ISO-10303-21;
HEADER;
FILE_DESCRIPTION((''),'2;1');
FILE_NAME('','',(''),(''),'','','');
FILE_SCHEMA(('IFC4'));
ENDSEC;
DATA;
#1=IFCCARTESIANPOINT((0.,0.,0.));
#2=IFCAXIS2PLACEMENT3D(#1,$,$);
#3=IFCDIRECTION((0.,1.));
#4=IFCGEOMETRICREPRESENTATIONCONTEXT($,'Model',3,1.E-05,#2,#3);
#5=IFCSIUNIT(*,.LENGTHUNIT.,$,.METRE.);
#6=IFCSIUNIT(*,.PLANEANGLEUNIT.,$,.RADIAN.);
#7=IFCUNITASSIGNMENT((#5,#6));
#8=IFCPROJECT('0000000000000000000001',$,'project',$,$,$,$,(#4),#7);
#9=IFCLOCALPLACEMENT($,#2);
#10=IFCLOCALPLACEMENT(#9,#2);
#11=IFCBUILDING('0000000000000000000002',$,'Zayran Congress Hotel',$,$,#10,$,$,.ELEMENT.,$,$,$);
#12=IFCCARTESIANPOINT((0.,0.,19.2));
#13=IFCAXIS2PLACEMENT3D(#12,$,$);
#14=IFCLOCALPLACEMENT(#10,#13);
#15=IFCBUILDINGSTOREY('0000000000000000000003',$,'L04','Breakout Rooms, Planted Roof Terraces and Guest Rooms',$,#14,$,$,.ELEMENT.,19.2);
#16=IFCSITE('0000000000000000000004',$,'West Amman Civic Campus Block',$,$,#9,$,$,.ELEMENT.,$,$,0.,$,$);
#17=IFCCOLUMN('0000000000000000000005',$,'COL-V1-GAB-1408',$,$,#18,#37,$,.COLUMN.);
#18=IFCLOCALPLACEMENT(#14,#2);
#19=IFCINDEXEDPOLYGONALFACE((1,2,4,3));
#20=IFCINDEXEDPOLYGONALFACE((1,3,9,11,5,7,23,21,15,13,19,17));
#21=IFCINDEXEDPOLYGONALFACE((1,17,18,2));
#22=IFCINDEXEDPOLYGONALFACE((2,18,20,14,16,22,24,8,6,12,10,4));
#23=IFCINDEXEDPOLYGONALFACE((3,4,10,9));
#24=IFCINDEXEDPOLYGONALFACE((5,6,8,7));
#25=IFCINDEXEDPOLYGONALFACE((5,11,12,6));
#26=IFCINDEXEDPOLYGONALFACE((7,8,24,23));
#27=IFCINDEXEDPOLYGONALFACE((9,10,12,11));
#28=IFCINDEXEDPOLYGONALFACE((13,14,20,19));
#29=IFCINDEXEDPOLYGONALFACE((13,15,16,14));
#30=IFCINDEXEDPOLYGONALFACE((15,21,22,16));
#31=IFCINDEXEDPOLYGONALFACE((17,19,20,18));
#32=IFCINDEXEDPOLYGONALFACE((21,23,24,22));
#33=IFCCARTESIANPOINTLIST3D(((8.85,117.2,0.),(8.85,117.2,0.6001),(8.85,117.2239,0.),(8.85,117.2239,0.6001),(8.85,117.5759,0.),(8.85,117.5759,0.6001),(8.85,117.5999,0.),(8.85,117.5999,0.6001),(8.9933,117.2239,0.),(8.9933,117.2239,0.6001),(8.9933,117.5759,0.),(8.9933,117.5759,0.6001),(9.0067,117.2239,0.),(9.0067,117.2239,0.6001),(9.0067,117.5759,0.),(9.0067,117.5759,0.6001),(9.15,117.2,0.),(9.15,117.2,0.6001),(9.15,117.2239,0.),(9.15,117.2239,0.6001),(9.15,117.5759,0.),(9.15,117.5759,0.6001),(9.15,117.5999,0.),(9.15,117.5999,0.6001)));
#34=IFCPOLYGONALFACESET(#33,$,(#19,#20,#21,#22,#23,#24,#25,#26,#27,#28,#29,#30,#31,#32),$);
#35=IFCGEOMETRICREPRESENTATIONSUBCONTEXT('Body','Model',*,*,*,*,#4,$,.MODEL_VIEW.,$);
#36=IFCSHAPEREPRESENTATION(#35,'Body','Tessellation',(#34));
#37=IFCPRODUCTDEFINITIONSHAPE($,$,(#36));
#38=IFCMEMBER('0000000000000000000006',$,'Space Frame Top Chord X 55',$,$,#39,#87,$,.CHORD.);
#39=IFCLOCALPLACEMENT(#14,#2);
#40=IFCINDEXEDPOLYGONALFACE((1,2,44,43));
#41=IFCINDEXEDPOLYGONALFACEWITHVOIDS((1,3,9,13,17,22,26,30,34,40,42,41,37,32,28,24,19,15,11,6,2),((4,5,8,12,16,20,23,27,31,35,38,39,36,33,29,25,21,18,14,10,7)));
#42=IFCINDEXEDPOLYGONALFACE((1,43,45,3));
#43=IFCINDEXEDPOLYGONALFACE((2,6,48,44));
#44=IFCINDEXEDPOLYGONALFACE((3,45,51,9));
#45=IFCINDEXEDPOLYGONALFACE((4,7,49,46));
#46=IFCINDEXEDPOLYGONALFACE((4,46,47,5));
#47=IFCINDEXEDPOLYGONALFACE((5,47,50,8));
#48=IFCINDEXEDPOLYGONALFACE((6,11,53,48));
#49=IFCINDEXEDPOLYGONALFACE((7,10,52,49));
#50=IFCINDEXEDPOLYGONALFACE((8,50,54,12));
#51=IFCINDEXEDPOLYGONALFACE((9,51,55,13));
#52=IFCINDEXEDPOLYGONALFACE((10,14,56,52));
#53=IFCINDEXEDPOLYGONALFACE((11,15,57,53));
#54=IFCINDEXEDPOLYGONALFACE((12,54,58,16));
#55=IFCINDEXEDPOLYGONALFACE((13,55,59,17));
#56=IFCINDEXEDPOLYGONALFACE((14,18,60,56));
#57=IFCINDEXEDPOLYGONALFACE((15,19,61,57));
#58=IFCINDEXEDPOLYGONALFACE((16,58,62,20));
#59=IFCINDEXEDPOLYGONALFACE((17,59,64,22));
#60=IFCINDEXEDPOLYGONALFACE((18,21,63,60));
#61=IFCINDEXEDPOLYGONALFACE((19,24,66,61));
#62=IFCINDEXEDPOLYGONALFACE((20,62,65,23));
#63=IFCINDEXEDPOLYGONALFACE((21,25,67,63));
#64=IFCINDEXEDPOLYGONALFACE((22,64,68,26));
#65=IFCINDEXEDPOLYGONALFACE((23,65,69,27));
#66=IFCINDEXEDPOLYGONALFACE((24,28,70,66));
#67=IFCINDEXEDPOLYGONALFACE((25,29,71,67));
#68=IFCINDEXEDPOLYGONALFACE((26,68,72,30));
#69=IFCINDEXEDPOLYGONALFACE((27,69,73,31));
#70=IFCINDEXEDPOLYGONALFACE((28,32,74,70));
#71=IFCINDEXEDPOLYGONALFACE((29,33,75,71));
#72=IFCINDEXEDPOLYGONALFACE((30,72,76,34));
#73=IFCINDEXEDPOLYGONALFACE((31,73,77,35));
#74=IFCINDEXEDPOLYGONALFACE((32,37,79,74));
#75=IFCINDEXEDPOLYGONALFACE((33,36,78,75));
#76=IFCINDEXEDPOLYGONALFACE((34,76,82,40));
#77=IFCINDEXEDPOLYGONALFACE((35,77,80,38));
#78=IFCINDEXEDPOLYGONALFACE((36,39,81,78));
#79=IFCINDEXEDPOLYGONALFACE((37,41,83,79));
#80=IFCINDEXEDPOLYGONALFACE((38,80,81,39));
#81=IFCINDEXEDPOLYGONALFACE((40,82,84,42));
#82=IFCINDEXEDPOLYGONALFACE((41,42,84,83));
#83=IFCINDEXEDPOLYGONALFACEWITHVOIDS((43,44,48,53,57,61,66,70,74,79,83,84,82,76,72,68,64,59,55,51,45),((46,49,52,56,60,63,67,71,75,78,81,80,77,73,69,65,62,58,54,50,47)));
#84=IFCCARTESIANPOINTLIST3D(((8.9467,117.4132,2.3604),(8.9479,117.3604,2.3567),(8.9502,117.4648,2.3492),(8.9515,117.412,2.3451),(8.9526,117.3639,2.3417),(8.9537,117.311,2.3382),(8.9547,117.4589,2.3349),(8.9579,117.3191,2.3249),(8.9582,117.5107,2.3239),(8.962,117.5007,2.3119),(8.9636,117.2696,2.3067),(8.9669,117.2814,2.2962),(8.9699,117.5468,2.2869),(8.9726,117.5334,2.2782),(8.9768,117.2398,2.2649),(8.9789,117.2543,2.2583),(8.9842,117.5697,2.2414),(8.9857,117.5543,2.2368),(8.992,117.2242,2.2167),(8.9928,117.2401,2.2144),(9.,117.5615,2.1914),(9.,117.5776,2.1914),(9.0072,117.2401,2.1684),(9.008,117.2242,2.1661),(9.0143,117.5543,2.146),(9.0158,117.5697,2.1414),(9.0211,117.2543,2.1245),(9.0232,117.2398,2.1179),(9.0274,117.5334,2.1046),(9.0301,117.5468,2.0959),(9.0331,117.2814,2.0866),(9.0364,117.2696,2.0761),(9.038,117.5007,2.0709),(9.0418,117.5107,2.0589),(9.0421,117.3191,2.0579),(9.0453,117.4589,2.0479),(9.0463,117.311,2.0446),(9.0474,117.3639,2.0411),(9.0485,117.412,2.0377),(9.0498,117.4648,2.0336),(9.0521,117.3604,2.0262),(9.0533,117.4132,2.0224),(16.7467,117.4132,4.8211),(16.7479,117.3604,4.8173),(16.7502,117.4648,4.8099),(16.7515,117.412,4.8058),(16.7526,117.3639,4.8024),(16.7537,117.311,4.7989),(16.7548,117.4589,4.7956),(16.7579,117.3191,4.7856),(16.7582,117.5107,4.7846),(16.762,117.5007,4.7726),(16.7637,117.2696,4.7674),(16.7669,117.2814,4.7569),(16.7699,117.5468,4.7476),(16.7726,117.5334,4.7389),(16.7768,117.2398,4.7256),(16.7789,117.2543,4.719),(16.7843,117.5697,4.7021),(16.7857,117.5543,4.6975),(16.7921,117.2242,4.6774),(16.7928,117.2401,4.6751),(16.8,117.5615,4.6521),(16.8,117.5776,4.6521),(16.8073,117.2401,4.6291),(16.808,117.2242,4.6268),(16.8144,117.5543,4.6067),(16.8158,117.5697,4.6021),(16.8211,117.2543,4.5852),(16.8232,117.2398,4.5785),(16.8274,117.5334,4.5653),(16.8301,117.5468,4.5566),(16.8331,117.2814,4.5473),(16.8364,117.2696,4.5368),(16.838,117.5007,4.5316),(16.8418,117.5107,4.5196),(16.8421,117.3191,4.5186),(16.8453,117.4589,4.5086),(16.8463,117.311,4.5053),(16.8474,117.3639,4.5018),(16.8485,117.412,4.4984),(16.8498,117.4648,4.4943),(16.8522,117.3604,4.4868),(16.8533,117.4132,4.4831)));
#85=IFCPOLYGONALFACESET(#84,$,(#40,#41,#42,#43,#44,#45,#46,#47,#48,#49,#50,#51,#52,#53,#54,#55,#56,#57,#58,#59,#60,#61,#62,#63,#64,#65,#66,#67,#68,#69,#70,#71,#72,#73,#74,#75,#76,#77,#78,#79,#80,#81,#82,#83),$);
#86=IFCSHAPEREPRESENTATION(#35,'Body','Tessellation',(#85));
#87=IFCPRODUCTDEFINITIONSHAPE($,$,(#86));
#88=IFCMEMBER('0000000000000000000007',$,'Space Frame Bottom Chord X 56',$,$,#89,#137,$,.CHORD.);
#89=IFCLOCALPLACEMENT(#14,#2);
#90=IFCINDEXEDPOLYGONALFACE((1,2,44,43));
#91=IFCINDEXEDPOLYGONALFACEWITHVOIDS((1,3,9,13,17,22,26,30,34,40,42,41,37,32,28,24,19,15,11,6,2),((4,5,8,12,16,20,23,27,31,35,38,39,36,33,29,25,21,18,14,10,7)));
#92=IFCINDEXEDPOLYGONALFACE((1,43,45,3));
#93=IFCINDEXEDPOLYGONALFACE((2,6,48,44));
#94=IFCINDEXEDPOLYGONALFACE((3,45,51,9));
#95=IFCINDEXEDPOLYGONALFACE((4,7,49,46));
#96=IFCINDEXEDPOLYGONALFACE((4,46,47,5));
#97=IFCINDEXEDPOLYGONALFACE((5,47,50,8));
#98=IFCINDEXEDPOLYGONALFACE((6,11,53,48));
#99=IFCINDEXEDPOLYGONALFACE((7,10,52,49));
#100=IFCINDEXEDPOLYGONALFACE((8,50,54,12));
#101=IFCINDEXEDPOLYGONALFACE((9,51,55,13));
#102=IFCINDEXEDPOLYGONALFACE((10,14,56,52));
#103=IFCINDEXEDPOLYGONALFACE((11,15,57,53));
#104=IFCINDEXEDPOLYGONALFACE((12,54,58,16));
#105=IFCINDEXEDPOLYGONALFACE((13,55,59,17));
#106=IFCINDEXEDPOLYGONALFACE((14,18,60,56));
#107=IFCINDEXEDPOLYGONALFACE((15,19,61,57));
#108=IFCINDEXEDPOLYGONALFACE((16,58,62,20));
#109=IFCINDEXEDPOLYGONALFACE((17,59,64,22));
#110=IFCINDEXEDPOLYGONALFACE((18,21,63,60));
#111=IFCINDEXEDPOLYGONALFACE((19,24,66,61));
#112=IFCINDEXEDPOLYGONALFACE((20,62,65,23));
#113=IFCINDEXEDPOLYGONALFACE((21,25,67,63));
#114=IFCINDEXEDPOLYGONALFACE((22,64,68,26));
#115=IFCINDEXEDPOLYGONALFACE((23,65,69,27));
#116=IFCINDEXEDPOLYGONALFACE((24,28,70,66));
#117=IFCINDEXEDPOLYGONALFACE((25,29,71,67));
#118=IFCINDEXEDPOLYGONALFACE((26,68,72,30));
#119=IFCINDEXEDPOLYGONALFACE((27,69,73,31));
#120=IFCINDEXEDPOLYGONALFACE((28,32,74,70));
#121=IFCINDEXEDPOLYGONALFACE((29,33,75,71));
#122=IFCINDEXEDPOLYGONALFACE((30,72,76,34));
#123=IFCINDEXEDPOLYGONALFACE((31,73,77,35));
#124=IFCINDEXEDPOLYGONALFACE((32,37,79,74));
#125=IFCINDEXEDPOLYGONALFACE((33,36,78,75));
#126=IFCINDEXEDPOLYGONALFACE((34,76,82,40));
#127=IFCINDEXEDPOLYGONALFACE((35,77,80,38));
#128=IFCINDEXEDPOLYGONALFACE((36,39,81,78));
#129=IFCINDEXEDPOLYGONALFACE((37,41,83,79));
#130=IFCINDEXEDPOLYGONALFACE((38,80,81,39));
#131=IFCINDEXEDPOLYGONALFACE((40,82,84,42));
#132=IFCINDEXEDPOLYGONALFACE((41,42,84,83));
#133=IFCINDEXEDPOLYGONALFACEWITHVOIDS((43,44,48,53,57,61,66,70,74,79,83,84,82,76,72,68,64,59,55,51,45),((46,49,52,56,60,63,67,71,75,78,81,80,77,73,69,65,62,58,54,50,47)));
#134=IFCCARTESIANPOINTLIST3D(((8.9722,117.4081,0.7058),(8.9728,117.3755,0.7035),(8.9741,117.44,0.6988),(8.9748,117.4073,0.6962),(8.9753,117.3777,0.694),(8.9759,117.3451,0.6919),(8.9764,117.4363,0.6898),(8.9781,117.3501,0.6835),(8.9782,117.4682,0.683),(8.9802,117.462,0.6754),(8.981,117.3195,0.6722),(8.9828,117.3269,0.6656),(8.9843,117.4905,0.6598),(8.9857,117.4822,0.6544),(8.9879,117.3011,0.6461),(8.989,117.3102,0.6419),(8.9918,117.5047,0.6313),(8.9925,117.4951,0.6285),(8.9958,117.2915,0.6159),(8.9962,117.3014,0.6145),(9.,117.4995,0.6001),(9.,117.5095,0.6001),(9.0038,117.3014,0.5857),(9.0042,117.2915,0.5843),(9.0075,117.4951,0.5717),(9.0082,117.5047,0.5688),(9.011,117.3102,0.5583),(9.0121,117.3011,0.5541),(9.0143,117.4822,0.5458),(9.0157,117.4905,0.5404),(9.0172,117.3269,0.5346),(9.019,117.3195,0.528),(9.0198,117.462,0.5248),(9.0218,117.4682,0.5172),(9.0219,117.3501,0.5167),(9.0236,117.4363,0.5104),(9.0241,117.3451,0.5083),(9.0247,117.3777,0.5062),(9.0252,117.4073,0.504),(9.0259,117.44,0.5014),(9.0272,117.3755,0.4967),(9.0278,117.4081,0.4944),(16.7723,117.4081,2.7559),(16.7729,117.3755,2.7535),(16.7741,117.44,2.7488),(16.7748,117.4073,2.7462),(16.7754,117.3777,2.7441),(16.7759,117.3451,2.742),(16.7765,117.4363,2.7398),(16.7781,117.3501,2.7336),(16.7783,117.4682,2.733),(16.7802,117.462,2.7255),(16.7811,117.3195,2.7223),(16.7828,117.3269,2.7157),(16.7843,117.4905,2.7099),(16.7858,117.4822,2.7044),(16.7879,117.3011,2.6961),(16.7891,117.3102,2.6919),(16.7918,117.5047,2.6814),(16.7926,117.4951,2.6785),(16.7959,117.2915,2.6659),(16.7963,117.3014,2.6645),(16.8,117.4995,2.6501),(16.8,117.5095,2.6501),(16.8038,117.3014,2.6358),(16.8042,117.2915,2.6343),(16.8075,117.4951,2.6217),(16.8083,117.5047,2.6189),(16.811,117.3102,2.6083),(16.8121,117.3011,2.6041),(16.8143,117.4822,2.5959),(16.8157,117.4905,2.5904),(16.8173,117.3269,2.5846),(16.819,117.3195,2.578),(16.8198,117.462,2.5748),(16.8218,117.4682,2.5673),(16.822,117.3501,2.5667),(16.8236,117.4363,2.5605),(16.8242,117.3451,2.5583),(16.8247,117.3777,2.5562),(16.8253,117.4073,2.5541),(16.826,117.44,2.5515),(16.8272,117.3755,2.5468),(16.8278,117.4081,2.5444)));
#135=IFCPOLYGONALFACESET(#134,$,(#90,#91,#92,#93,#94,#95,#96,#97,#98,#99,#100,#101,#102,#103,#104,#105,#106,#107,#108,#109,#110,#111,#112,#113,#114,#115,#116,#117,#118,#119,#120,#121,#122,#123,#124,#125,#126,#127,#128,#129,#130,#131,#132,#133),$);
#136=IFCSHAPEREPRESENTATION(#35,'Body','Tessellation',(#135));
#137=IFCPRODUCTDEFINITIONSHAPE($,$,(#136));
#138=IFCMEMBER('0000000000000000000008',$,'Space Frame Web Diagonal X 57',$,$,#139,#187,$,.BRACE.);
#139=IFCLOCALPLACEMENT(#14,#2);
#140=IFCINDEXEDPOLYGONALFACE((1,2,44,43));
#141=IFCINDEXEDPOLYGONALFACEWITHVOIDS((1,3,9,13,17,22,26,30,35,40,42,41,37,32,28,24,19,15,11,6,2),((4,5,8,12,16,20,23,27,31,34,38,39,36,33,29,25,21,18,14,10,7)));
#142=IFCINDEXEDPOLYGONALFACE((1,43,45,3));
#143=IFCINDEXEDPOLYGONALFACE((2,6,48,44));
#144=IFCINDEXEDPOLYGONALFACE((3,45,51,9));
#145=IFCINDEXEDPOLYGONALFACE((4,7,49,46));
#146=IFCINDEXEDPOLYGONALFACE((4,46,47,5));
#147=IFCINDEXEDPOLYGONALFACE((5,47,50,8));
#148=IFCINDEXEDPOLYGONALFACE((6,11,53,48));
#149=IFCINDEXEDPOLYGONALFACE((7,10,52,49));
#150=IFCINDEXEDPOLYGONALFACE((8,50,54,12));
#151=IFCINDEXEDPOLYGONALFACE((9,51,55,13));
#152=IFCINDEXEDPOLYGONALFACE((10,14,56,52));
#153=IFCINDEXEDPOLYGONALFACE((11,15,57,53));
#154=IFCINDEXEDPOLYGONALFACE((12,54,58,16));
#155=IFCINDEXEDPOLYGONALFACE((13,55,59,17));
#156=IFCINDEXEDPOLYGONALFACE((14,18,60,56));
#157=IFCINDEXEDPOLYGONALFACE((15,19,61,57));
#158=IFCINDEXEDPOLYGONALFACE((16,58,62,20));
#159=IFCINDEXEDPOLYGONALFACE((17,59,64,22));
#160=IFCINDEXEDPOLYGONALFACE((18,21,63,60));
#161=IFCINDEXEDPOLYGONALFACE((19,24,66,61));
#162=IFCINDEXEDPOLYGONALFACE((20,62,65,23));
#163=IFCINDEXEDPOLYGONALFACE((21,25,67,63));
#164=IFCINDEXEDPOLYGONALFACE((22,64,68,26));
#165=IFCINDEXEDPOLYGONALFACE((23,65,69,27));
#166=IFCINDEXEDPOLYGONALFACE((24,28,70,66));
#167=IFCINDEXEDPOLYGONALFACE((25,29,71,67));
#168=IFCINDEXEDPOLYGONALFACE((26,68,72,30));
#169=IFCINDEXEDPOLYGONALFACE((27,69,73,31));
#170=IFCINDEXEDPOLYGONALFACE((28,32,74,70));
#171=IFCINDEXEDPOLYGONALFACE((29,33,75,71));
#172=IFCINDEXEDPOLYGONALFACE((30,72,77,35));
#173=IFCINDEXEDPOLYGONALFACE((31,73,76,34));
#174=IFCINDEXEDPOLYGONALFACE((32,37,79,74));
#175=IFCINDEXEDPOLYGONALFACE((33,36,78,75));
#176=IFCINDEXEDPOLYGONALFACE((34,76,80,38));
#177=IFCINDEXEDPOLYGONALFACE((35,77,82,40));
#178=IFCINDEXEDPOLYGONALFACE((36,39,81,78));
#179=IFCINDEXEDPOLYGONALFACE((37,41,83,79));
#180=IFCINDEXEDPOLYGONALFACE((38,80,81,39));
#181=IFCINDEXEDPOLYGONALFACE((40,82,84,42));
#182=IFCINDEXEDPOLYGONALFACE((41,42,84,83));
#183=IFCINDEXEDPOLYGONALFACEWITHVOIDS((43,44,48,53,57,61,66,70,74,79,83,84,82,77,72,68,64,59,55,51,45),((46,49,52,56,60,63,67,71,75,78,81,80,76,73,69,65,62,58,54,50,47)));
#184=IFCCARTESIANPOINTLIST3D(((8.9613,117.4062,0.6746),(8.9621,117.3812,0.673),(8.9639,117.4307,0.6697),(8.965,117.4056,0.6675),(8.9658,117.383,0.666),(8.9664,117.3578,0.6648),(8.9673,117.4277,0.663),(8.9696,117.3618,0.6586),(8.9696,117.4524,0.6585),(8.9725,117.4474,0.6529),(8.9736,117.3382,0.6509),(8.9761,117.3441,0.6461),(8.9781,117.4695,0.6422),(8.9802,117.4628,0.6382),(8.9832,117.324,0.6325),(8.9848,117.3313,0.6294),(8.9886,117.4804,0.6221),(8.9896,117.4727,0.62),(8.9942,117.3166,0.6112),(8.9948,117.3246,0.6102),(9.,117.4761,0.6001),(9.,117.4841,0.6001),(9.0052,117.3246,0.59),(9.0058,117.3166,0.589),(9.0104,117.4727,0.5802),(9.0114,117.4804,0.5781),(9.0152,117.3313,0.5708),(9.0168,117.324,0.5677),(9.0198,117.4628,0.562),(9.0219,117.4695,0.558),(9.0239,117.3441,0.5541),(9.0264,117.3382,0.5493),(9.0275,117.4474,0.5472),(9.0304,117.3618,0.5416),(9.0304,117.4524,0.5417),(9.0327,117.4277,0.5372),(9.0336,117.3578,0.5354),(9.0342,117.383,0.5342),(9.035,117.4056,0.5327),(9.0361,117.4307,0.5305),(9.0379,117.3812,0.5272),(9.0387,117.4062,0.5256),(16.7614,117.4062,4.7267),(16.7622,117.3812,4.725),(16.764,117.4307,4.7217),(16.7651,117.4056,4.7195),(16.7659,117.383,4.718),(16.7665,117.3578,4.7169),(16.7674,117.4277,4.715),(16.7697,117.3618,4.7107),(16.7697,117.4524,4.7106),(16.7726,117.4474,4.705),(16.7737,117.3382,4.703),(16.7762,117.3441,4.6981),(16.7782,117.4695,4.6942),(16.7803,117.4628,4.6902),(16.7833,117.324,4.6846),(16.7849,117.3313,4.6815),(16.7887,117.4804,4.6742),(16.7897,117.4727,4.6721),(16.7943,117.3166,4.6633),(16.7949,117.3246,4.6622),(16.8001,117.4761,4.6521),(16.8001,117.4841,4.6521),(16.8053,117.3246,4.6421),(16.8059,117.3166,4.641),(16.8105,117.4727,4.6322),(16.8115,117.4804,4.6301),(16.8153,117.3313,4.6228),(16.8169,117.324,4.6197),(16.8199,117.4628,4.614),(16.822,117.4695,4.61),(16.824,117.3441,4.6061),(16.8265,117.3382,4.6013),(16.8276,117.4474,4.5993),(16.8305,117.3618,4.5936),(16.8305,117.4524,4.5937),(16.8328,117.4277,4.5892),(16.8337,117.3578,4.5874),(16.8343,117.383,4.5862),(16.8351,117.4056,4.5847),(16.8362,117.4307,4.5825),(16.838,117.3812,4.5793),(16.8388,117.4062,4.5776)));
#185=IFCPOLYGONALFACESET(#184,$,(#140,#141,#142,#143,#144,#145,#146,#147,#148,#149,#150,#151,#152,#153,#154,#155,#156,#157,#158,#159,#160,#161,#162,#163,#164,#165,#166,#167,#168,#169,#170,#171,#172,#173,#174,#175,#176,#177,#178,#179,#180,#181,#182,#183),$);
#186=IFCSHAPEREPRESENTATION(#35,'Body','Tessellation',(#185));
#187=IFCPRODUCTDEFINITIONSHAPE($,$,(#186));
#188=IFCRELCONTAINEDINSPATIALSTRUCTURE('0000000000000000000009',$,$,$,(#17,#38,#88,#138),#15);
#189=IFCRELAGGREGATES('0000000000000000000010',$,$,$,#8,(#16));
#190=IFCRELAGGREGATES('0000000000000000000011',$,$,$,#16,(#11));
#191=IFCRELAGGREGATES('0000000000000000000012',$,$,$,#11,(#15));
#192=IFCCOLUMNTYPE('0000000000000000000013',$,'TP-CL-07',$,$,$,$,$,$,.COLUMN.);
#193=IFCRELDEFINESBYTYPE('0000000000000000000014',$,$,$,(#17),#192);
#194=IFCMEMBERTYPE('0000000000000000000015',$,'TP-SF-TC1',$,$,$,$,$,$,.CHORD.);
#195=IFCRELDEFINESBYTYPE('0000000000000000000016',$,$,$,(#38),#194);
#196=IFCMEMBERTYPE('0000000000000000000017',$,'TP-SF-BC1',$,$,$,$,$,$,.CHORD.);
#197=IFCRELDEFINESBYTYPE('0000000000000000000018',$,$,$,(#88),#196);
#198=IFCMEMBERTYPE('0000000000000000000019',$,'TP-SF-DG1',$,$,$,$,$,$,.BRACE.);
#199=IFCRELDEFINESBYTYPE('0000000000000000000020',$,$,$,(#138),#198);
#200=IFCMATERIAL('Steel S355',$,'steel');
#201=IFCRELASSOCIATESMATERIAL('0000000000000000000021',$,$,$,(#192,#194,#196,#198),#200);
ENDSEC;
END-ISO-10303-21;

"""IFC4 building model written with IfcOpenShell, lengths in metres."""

from ifc_helpers import new_model, si_unit, direction, frame, origin, origin_2d, place, context, subcontext, project, spatial, hollow_circle, i_section, extrude, material, material_profile, profile_set, type_object, element, save


model = new_model("IFC4")

# Units and contexts
model_context = context("Model", 3, precision=1e-05, world=origin(), true_north=direction((0.0, 1.0)))
body_context = subcontext(model_context, "Body", "Model", "MODEL_VIEW")
ifc_project = project(units=[si_unit("LENGTHUNIT", "METRE"), si_unit("PLANEANGLEUNIT", "RADIAN")], contexts=[model_context])

# Site, building, storey
site_placement = place(None, origin())
site = spatial("IfcSite", under=ifc_project, at=site_placement, Name="West Amman Civic Campus Block", CompositionType="ELEMENT", RefElevation=0.0)
building_placement = place(site_placement, origin())
building = spatial("IfcBuilding", under=site, at=building_placement, Name="Zayran Congress Hotel", CompositionType="ELEMENT")
storey_placement = place(building_placement, frame((0.0, 0.0, 19.2)))
storey = spatial("IfcBuildingStorey", under=building, at=storey_placement, Name="L04", Description="Breakout Rooms, Planted Roof Terraces and Guest Rooms", CompositionType="ELEMENT", Elevation=19.2)

# Column
ifc_material_1 = material(Name="Steel S355", Category="steel")
ifc_material_profile_1 = material_profile(ifc_material_1, i_section(OverallWidth=0.3, OverallDepth=0.3999, WebThickness=0.0134, FlangeThickness=0.0239, at=origin_2d()), Name="HEB 400")
ifc_profile_set_1 = profile_set([ifc_material_profile_1], Name="Steel S355")
column_type = type_object("IfcColumnType", Name="TP-CL-07", PredefinedType="COLUMN", material=ifc_profile_set_1)
column_placement = place(storey_placement, frame((9.0, 117.3999, 0.0), z_axis=(0.0, 0.0, 1.0), x_axis=(1.0, 0.0, 0.0)))
element("IfcColumn", 1, at=column_placement, inside=storey, type_object=column_type, Name="COL-V1-GAB-1408", PredefinedType="COLUMN", context=body_context, shape_type="SweptSolid", body=[
    extrude(i_section(OverallWidth=0.3, OverallDepth=0.3999, WebThickness=0.0134, FlangeThickness=0.0239, at=origin_2d()), origin(), (0.0, 0.0, 1.0), 0.6001),
])

# Members
ifc_material_profile_2 = material_profile(ifc_material_1, hollow_circle(Radius=0.1777, WallThickness=0.0161, at=origin_2d()), Name="CHS 355.6x16")
ifc_profile_set_2 = profile_set([ifc_material_profile_2], Name="Steel S355")
member_type_1 = type_object("IfcMemberType", Name="TP-SF-TC1", PredefinedType="CHORD", material=ifc_profile_set_2)
member_1_placement = place(storey_placement, frame((9.0, 117.3999, 2.1914), z_axis=(0.95367, 0.0, 0.300856), x_axis=(0.0, 1.0, 0.0)))
element("IfcMember", 2, at=member_1_placement, inside=storey, type_object=member_type_1, Name="Space Frame Top Chord X 55", PredefinedType="CHORD", context=body_context, shape_type="SweptSolid", body=[
    extrude(hollow_circle(Radius=0.1777, WallThickness=0.0161, at=origin_2d()), origin(), (0.0, 0.0, 1.0), 8.179),
])
ifc_material_profile_3 = material_profile(ifc_material_1, hollow_circle(Radius=0.1096, WallThickness=0.01, at=origin_2d()), Name="CHS 219.1x10")
ifc_profile_set_3 = profile_set([ifc_material_profile_3], Name="Steel S355")
member_type_2 = type_object("IfcMemberType", Name="TP-SF-BC1", PredefinedType="CHORD", material=ifc_profile_set_3)
member_2_placement = place(storey_placement, frame((9.0, 117.3999, 0.6001), z_axis=(0.967154, 0.0, 0.254192), x_axis=(0.0, 1.0, 0.0)))
element("IfcMember", 3, at=member_2_placement, inside=storey, type_object=member_type_2, Name="Space Frame Bottom Chord X 56", PredefinedType="CHORD", context=body_context, shape_type="SweptSolid", body=[
    extrude(hollow_circle(Radius=0.1096, WallThickness=0.01, at=origin_2d()), origin(), (0.0, 0.0, 1.0), 8.0649),
])
ifc_material_profile_4 = material_profile(ifc_material_1, hollow_circle(Radius=0.0842, WallThickness=0.0081, at=origin_2d()), Name="CHS 168.3x8")
ifc_profile_set_4 = profile_set([ifc_material_profile_4], Name="Steel S355")
member_type_3 = type_object("IfcMemberType", Name="TP-SF-DG1", PredefinedType="BRACE", material=ifc_profile_set_4)
member_3_placement = place(storey_placement, frame((9.0, 117.3999, 0.6001), z_axis=(0.887404, 0.0, 0.460992), x_axis=(0.0, 1.0, 0.0)))
element("IfcMember", 4, at=member_3_placement, inside=storey, type_object=member_type_3, Name="Space Frame Web Diagonal X 57", PredefinedType="BRACE", context=body_context, shape_type="SweptSolid", body=[
    extrude(hollow_circle(Radius=0.0842, WallThickness=0.0081, at=origin_2d()), origin(), (0.0, 0.0, 1.0), 8.7898),
])

save(model, "model.ifc")
